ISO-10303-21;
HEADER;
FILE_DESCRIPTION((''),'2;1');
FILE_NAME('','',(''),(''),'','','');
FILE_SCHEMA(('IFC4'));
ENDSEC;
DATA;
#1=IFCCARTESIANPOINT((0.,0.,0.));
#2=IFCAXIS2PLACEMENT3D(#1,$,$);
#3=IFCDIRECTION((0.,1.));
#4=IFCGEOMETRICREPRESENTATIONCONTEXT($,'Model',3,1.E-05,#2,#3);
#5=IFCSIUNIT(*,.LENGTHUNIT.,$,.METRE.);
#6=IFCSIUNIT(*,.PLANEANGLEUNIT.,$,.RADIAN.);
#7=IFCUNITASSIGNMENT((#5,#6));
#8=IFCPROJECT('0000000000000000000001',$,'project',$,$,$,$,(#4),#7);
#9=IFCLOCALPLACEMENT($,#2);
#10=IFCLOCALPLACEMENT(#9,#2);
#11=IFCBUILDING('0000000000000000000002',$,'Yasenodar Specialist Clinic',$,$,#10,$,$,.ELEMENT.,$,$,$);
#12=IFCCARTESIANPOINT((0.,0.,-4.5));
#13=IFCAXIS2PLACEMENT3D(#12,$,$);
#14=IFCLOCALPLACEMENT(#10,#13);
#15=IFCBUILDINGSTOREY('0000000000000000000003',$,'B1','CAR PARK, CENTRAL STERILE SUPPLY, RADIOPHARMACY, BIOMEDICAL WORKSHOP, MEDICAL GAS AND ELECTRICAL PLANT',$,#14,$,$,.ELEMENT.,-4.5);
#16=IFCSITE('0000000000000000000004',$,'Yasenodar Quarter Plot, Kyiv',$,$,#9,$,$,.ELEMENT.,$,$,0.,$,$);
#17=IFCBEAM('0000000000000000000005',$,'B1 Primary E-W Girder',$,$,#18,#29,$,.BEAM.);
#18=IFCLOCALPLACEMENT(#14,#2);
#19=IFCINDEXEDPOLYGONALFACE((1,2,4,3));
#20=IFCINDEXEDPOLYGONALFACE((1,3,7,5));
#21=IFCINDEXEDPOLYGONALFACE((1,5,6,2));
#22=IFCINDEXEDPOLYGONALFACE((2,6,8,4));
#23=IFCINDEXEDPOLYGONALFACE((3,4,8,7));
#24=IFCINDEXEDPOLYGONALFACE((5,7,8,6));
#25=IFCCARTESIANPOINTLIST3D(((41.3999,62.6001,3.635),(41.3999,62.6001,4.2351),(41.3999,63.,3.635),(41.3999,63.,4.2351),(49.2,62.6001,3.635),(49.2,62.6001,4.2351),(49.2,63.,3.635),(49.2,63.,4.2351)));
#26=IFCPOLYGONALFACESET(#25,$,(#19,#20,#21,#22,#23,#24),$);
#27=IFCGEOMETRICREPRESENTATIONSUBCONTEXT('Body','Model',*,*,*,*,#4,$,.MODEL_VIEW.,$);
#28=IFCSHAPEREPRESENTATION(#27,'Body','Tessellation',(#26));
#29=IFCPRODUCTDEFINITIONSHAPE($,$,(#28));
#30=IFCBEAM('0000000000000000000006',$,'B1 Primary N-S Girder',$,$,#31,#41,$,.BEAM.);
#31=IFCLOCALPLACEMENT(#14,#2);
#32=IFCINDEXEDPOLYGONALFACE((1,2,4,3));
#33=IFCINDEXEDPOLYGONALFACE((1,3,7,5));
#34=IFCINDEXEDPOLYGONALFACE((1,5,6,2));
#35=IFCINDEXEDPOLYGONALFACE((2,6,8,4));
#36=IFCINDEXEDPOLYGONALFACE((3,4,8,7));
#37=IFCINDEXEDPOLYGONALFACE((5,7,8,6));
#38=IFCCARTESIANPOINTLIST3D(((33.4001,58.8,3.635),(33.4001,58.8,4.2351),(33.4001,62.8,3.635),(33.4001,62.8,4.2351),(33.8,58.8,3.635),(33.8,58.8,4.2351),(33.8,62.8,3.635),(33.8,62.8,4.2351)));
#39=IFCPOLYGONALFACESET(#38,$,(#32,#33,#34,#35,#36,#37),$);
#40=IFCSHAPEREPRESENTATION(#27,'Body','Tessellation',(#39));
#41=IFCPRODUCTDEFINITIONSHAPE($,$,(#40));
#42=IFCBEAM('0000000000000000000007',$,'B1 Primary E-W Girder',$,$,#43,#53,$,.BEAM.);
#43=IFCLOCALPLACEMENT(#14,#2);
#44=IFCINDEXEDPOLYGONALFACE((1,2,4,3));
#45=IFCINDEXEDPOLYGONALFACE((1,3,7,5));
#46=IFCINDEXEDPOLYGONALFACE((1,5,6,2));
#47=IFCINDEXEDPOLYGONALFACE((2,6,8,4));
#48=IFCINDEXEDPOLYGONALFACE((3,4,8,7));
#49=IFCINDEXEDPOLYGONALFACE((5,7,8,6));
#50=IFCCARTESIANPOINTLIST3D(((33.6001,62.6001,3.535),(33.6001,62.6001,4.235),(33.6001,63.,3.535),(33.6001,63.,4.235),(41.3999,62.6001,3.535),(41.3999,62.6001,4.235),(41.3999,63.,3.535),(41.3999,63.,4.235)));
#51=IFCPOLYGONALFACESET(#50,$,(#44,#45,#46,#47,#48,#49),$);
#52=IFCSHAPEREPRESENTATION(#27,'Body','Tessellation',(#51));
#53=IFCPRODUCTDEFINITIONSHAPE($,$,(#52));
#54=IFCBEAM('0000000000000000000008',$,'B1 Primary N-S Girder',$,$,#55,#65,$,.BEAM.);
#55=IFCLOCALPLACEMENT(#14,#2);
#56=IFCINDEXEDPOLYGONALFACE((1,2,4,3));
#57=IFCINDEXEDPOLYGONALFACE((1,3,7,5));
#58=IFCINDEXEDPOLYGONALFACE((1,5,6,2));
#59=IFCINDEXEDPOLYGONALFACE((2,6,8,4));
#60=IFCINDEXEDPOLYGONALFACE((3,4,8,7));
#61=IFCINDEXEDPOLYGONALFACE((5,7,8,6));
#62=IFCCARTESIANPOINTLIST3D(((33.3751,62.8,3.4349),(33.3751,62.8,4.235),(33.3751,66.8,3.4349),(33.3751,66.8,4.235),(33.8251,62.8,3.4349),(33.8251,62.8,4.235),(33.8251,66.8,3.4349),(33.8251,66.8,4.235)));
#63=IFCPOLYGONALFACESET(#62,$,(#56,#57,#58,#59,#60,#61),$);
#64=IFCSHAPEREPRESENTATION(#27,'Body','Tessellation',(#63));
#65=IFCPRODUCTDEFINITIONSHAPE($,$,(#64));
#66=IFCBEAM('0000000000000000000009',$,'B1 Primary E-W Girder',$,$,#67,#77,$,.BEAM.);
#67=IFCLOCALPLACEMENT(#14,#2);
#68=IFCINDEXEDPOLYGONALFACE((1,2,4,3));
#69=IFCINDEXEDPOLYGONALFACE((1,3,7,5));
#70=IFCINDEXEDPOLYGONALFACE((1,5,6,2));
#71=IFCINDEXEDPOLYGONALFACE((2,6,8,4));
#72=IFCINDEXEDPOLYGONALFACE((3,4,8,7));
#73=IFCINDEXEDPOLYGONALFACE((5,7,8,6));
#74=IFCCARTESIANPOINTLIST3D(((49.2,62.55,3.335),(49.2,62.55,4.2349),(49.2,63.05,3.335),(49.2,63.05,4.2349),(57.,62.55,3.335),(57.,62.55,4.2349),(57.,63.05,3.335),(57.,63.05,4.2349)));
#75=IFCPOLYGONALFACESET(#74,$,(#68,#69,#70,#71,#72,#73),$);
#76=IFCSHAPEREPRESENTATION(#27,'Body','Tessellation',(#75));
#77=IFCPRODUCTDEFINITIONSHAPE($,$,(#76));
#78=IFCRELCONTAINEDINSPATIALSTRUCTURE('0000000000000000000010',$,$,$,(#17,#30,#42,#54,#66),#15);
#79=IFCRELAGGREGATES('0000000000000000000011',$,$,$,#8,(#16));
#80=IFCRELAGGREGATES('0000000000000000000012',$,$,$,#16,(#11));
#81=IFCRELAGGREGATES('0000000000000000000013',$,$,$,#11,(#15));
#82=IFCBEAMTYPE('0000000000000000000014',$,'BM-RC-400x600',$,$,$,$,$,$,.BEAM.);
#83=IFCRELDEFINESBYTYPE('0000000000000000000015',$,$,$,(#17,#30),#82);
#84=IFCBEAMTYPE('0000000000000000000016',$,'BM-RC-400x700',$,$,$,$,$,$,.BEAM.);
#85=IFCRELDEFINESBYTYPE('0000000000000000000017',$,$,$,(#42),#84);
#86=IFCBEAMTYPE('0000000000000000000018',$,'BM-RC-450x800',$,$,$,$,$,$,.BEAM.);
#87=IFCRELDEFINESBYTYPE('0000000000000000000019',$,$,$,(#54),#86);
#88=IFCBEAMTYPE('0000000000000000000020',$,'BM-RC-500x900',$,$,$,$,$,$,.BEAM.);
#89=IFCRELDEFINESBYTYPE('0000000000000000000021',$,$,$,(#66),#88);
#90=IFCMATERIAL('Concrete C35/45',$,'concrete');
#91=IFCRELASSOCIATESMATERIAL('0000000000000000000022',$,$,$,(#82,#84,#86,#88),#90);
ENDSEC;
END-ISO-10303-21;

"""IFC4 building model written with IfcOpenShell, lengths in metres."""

from ifc_helpers import new_model, si_unit, direction, frame, origin, origin_2d, place, context, subcontext, project, spatial, rectangle, extrude, material, material_profile, profile_set, type_object, element, save


model = new_model("IFC4")

# Units and contexts
model_context = context("Model", 3, precision=1e-05, world=origin(), true_north=direction((0.0, 1.0)))
body_context = subcontext(model_context, "Body", "Model", "MODEL_VIEW")
ifc_project = project(units=[si_unit("LENGTHUNIT", "METRE"), si_unit("PLANEANGLEUNIT", "RADIAN")], contexts=[model_context])

# Site, building, storey
site_placement = place(None, origin())
site = spatial("IfcSite", under=ifc_project, at=site_placement, Name="Yasenodar Quarter Plot, Kyiv", CompositionType="ELEMENT", RefElevation=0.0)
building_placement = place(site_placement, origin())
building = spatial("IfcBuilding", under=site, at=building_placement, Name="Yasenodar Specialist Clinic", CompositionType="ELEMENT")
storey_placement = place(building_placement, frame((0.0, 0.0, -4.5)))
storey = spatial("IfcBuildingStorey", under=building, at=storey_placement, Name="B1", Description="CAR PARK, CENTRAL STERILE SUPPLY, RADIOPHARMACY, BIOMEDICAL WORKSHOP, MEDICAL GAS AND ELECTRICAL PLANT", CompositionType="ELEMENT", Elevation=-4.5)

# Shared definitions
ifc_material_1 = material(Name="Concrete C35/45", Category="concrete")

# Beams
ifc_material_profile_1 = material_profile(ifc_material_1, rectangle(XDim=0.3999, YDim=0.6001, at=origin_2d()), Name="RC 400x600")
ifc_profile_set_1 = profile_set([ifc_material_profile_1], Name="Concrete C35/45")
beam_type_1 = type_object("IfcBeamType", Name="BM-RC-400x600", PredefinedType="BEAM", material=ifc_profile_set_1)
beam_1_placement = place(storey_placement, frame((41.3999, 62.8, 3.9351), z_axis=(1.0, 0.0, 0.0), x_axis=(0.0, 1.0, 0.0)))
element("IfcBeam", 1, at=beam_1_placement, inside=storey, type_object=beam_type_1, Name="B1 Primary E-W Girder", PredefinedType="BEAM", context=body_context, shape_type="SweptSolid", body=[
    extrude(rectangle(XDim=0.3999, YDim=0.6001, at=origin_2d()), origin(), (0.0, 0.0, 1.0), 7.8),
])
beam_2_placement = place(storey_placement, frame((33.6001, 58.8, 3.9351), z_axis=(0.0, 1.0, 0.0), x_axis=(-1.0, 0.0, 0.0)))
element("IfcBeam", 2, at=beam_2_placement, inside=storey, type_object=beam_type_1, Name="B1 Primary N-S Girder", PredefinedType="BEAM", context=body_context, shape_type="SweptSolid", body=[
    extrude(rectangle(XDim=0.3999, YDim=0.6001, at=origin_2d()), origin(), (0.0, 0.0, 1.0), 4.0),
])
ifc_material_profile_2 = material_profile(ifc_material_1, rectangle(XDim=0.3999, YDim=0.7, at=origin_2d()), Name="RC 400x700")
ifc_profile_set_2 = profile_set([ifc_material_profile_2], Name="Concrete C35/45")
beam_type_2 = type_object("IfcBeamType", Name="BM-RC-400x700", PredefinedType="BEAM", material=ifc_profile_set_2)
beam_3_placement = place(storey_placement, frame((33.6001, 62.8, 3.885), z_axis=(1.0, 0.0, 0.0), x_axis=(0.0, 1.0, 0.0)))
element("IfcBeam", 3, at=beam_3_placement, inside=storey, type_object=beam_type_2, Name="B1 Primary E-W Girder", PredefinedType="BEAM", context=body_context, shape_type="SweptSolid", body=[
    extrude(rectangle(XDim=0.3999, YDim=0.7, at=origin_2d()), origin(), (0.0, 0.0, 1.0), 7.7998),
])
ifc_material_profile_3 = material_profile(ifc_material_1, rectangle(XDim=0.45, YDim=0.8, at=origin_2d()), Name="RC 450x800")
ifc_profile_set_3 = profile_set([ifc_material_profile_3], Name="Concrete C35/45")
beam_type_3 = type_object("IfcBeamType", Name="BM-RC-450x800", PredefinedType="BEAM", material=ifc_profile_set_3)
beam_4_placement = place(storey_placement, frame((33.6001, 62.8, 3.835), z_axis=(0.0, 1.0, 0.0), x_axis=(-1.0, 0.0, 0.0)))
element("IfcBeam", 4, at=beam_4_placement, inside=storey, type_object=beam_type_3, Name="B1 Primary N-S Girder", PredefinedType="BEAM", context=body_context, shape_type="SweptSolid", body=[
    extrude(rectangle(XDim=0.45, YDim=0.8, at=origin_2d()), origin(), (0.0, 0.0, 1.0), 4.0),
])
ifc_material_profile_4 = material_profile(ifc_material_1, rectangle(XDim=0.5, YDim=0.8999, at=origin_2d()), Name="RC 500x900")
ifc_profile_set_4 = profile_set([ifc_material_profile_4], Name="Concrete C35/45")
beam_type_4 = type_object("IfcBeamType", Name="BM-RC-500x900", PredefinedType="BEAM", material=ifc_profile_set_4)
beam_5_placement = place(storey_placement, frame((49.2, 62.8, 3.7849), z_axis=(1.0, 0.0, 0.0), x_axis=(0.0, 1.0, 0.0)))
element("IfcBeam", 5, at=beam_5_placement, inside=storey, type_object=beam_type_4, Name="B1 Primary E-W Girder", PredefinedType="BEAM", context=body_context, shape_type="SweptSolid", body=[
    extrude(rectangle(XDim=0.5, YDim=0.8999, at=origin_2d()), origin(), (0.0, 0.0, 1.0), 7.8),
])

save(model, "model.ifc")
